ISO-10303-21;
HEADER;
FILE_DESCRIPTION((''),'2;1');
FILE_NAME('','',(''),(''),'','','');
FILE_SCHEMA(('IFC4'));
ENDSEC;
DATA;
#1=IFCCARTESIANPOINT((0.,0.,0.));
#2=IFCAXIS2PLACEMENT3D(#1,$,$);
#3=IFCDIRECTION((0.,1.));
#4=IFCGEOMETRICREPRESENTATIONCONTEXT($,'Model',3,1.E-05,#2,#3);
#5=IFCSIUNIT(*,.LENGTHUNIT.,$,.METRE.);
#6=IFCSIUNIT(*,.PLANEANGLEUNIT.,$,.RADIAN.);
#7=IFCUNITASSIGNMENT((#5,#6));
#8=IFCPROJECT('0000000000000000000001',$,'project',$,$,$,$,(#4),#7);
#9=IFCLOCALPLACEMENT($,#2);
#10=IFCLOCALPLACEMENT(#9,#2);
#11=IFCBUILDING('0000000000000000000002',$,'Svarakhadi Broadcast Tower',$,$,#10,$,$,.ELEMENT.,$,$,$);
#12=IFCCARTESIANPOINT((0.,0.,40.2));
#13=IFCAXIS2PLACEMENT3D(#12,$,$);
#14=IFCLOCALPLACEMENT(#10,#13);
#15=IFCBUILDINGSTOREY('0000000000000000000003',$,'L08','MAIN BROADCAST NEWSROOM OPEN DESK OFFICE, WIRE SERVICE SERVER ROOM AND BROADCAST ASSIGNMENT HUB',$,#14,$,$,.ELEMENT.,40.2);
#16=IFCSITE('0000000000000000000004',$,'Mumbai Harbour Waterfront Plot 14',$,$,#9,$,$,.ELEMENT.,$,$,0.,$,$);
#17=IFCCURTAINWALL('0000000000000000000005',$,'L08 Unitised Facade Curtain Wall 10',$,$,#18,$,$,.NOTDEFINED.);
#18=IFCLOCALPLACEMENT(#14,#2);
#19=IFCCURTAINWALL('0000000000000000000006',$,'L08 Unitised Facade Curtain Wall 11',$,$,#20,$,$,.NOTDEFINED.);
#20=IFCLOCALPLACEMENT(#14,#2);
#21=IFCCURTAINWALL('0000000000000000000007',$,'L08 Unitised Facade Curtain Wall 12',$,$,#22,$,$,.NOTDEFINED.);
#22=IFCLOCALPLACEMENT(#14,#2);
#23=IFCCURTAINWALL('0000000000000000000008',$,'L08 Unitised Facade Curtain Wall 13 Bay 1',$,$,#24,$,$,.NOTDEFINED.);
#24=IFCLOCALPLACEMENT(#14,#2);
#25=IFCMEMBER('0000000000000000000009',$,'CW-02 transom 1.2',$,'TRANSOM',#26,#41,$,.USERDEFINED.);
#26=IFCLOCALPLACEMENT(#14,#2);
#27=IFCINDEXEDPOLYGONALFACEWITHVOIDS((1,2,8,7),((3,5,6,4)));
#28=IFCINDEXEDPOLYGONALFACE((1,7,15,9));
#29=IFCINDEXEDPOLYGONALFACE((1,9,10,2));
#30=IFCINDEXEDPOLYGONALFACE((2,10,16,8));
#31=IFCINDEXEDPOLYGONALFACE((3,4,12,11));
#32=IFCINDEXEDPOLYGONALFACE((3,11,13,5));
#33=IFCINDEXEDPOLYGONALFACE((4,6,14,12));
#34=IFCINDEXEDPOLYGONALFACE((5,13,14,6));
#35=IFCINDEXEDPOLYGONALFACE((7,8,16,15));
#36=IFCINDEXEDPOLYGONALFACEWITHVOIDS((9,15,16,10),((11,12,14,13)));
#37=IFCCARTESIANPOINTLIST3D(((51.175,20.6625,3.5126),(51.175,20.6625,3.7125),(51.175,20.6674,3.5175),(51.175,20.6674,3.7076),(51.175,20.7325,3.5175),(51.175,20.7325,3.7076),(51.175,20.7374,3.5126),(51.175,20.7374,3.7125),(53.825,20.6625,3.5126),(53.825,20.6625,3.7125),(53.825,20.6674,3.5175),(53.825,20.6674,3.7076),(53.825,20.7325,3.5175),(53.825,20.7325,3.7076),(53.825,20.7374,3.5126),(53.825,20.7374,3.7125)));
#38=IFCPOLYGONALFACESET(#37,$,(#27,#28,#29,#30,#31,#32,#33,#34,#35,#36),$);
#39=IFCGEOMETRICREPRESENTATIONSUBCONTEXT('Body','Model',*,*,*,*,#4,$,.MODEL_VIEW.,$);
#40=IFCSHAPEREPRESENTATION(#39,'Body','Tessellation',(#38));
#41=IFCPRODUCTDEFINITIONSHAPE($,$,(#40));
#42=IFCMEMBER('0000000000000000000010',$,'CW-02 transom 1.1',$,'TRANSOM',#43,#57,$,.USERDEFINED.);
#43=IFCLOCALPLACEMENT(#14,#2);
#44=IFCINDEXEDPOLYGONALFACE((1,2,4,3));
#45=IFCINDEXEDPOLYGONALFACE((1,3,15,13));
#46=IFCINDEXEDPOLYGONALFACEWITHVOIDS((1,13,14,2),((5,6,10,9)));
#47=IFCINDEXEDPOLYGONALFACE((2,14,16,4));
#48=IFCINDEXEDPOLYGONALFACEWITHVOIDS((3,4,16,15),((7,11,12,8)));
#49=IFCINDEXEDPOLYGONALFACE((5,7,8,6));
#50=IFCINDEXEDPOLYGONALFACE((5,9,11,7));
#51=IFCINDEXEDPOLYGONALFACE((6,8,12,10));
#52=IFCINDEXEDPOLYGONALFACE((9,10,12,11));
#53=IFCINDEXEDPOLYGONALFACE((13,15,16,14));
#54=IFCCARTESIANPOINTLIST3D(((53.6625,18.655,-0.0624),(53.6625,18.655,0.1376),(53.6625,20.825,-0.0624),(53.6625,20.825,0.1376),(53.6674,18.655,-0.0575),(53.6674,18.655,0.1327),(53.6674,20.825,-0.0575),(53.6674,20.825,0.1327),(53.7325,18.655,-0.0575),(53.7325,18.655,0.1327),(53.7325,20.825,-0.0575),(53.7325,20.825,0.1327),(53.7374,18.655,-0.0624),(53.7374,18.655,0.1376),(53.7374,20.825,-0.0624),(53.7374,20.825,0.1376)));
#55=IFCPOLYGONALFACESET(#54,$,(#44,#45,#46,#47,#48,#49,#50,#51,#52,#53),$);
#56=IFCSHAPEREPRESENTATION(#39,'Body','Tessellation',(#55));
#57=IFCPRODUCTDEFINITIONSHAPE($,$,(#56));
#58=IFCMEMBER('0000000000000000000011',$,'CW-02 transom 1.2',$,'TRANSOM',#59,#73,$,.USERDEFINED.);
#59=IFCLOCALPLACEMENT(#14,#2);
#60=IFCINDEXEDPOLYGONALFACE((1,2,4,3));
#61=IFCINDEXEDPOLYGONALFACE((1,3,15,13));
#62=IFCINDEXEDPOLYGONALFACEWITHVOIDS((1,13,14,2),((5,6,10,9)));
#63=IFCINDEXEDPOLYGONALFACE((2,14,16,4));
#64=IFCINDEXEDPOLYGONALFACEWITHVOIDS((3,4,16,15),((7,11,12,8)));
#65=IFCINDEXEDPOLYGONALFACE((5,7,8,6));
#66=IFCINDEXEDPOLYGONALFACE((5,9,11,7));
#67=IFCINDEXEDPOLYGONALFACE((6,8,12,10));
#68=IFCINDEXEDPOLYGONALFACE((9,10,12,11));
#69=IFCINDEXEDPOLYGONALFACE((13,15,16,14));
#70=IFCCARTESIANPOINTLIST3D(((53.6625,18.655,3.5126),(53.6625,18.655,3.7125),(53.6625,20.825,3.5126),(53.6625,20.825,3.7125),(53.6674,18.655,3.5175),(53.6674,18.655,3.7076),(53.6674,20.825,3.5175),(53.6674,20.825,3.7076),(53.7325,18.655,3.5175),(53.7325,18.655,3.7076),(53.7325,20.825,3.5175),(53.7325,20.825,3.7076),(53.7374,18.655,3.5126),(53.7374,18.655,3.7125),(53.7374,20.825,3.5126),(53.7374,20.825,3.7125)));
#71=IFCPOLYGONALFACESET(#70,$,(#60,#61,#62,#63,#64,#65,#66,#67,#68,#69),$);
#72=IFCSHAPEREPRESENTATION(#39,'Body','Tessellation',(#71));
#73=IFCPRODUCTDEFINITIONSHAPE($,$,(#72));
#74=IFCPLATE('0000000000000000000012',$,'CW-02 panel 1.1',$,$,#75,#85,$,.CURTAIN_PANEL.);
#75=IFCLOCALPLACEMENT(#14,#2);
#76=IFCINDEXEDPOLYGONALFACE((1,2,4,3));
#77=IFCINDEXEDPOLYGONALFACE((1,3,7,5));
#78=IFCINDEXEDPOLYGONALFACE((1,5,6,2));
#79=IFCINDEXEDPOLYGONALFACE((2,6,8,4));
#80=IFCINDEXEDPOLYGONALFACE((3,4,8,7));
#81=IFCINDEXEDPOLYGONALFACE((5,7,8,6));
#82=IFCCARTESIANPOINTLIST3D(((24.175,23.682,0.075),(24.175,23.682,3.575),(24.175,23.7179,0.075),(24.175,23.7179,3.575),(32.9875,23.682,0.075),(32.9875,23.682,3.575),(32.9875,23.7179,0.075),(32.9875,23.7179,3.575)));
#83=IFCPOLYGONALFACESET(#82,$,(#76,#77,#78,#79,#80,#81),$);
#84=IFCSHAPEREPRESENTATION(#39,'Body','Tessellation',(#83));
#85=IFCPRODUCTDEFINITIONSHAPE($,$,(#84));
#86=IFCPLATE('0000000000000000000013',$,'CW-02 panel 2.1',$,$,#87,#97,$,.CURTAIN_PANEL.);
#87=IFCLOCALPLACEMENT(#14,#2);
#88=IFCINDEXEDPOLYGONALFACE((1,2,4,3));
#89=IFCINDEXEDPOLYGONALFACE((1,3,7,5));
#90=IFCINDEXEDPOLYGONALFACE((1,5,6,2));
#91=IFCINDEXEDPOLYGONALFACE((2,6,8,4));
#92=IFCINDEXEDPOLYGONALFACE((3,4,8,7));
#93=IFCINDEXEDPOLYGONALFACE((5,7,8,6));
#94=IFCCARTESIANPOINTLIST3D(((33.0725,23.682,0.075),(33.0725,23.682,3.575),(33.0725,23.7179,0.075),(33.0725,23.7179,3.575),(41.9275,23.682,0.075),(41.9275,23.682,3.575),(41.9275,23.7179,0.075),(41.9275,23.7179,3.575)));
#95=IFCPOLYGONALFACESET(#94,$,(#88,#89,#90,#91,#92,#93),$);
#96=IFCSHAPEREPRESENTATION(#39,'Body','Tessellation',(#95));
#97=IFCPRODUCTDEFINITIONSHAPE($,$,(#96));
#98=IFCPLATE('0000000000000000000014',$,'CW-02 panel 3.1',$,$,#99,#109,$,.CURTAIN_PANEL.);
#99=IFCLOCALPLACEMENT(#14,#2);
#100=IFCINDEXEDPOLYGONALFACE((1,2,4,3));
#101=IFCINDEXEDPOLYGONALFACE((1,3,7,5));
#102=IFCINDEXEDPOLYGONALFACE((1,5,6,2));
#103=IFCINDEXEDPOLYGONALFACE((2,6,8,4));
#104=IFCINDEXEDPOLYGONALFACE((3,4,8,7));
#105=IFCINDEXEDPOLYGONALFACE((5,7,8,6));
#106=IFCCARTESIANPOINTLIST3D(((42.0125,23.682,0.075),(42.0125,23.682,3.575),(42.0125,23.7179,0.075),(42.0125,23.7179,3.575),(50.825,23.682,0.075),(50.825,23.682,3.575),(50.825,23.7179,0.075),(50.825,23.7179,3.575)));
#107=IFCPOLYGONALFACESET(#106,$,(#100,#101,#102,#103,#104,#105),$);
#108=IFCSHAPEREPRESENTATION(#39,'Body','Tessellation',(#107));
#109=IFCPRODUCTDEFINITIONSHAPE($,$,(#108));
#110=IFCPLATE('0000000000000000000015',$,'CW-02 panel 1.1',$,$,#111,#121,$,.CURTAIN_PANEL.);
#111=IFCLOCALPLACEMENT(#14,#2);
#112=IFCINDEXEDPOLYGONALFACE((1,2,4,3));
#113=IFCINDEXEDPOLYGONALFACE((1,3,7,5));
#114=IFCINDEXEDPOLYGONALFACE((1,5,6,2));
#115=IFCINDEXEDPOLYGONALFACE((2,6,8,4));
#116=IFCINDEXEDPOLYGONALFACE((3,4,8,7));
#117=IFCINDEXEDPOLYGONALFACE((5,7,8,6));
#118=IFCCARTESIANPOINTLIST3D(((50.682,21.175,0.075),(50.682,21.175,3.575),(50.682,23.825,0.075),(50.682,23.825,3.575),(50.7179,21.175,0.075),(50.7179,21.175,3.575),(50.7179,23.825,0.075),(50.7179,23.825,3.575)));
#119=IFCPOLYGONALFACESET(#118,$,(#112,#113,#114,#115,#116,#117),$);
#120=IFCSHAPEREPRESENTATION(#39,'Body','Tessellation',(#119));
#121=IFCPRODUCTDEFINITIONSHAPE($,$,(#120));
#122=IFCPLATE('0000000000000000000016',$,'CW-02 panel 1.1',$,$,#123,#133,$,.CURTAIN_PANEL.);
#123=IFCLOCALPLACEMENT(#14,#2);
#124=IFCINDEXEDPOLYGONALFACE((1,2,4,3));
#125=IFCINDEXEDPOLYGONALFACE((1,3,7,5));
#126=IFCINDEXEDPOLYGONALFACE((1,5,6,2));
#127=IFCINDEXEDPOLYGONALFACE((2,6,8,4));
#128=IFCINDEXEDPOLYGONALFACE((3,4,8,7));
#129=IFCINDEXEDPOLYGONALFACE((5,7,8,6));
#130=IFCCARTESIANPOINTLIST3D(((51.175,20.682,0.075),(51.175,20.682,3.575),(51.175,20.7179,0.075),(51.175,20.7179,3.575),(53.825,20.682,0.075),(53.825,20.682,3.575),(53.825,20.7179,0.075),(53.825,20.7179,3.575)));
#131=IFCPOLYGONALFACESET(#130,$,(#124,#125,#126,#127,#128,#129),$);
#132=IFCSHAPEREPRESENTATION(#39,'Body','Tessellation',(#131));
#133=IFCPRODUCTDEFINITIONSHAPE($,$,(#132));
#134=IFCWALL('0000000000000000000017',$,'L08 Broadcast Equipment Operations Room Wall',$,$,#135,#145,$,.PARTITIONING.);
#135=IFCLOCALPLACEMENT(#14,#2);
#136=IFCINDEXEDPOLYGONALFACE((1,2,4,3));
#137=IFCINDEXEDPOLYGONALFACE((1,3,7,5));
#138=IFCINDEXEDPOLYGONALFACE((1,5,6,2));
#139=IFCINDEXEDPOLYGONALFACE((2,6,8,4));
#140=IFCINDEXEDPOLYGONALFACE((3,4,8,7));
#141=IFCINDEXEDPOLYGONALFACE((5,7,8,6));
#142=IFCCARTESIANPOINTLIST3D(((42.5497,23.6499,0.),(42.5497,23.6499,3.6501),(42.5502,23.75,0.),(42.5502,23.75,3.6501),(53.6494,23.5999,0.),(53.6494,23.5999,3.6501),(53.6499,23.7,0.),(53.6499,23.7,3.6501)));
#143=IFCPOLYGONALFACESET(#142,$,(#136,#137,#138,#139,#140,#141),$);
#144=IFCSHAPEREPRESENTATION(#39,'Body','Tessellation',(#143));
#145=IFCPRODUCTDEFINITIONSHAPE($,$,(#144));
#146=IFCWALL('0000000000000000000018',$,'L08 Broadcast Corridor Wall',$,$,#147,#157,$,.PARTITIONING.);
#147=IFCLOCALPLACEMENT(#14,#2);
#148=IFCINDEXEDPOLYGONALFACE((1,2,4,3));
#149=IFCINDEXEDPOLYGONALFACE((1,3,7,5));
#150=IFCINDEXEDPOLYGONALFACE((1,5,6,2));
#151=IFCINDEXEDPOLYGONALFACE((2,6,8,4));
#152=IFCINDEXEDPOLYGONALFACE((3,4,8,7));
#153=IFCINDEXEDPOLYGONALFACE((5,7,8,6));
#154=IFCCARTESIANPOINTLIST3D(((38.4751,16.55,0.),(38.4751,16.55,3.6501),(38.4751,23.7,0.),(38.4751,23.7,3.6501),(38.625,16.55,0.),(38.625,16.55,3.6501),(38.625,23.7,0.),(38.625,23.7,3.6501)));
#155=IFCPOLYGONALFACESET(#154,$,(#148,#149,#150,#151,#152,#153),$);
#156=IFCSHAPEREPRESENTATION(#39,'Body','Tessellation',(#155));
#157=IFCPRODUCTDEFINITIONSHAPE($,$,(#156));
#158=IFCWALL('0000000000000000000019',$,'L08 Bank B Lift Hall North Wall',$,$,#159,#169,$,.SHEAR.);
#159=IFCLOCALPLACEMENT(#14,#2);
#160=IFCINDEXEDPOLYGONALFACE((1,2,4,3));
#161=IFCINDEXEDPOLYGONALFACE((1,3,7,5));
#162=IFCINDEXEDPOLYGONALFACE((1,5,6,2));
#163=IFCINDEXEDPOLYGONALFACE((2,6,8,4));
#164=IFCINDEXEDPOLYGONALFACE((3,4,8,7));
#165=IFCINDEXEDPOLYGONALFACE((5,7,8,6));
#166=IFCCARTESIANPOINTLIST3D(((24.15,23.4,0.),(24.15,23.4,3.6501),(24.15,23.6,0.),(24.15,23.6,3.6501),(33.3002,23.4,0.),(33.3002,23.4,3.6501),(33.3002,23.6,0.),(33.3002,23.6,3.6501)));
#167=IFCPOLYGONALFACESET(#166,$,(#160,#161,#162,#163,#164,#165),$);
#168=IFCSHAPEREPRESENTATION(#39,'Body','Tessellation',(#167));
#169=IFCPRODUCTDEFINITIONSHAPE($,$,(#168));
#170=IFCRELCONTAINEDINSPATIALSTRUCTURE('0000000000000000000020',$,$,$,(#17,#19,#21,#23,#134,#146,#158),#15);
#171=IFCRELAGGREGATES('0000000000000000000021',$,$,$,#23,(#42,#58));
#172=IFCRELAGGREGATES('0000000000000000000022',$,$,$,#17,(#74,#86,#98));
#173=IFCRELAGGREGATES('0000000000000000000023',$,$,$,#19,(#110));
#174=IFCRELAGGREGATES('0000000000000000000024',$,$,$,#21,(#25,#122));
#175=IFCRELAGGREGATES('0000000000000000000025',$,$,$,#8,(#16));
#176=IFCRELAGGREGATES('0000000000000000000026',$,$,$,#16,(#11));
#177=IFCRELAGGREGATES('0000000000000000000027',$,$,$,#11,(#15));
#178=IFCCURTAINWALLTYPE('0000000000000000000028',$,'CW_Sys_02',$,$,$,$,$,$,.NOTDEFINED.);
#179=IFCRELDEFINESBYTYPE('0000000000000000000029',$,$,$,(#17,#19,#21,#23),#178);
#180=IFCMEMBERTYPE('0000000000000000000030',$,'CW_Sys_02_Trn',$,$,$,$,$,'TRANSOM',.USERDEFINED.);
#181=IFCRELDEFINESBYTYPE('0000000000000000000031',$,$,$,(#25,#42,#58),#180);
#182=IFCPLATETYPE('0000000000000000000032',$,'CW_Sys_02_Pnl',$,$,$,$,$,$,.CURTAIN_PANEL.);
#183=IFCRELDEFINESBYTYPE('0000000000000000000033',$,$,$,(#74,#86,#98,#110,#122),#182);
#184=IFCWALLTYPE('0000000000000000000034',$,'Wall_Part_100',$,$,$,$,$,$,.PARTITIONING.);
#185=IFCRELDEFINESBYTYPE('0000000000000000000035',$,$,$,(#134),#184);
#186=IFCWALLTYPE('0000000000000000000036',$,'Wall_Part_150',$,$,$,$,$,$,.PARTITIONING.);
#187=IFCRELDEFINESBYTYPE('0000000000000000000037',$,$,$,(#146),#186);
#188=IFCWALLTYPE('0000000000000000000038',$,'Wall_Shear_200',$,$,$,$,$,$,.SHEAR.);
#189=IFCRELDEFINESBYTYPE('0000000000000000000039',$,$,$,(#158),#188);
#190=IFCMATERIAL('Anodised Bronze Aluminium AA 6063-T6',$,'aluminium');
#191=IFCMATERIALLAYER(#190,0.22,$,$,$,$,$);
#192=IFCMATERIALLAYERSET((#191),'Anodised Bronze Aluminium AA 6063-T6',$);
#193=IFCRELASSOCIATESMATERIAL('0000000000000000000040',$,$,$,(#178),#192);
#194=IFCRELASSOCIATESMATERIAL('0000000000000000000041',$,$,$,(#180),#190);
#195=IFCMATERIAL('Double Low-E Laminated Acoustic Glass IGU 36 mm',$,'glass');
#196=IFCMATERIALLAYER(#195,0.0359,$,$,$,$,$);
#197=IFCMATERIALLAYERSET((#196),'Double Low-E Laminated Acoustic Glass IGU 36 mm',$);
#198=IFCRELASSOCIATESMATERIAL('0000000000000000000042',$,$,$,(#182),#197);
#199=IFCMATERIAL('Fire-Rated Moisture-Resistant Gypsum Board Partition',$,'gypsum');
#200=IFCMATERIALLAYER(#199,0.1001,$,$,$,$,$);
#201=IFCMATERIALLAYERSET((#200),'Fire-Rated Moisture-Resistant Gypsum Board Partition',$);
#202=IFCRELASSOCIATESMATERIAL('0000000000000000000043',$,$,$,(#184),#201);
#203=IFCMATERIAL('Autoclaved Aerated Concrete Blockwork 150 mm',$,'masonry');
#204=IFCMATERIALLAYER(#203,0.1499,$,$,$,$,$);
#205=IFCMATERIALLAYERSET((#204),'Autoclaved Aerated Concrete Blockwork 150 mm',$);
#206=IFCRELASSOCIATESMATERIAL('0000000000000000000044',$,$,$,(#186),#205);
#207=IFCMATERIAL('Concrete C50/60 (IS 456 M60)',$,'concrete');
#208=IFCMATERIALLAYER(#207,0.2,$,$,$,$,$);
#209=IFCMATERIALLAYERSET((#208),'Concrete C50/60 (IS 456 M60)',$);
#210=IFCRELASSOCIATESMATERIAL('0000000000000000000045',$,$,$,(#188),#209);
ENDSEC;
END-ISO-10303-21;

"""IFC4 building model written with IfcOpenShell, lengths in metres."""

from ifc_helpers import new_model, si_unit, direction, frame, frame_2d, origin, origin_2d, place, context, subcontext, project, spatial, rectangle, hollow_rectangle, extrude, material, layer, layer_set, material_profile, profile_set, type_object, element, aggregate, save


model = new_model("IFC4")

# Units and contexts
model_context = context("Model", 3, precision=1e-05, world=origin(), true_north=direction((0.0, 1.0)))
body_context = subcontext(model_context, "Body", "Model", "MODEL_VIEW")
ifc_project = project(units=[si_unit("LENGTHUNIT", "METRE"), si_unit("PLANEANGLEUNIT", "RADIAN")], contexts=[model_context])

# Site, building, storey
site_placement = place(None, origin())
site = spatial("IfcSite", under=ifc_project, at=site_placement, Name="Mumbai Harbour Waterfront Plot 14", CompositionType="ELEMENT", RefElevation=0.0)
building_placement = place(site_placement, origin())
building = spatial("IfcBuilding", under=site, at=building_placement, Name="Svarakhadi Broadcast Tower", CompositionType="ELEMENT")
storey_placement = place(building_placement, frame((0.0, 0.0, 40.2)))
storey = spatial("IfcBuildingStorey", under=building, at=storey_placement, Name="L08", Description="MAIN BROADCAST NEWSROOM OPEN DESK OFFICE, WIRE SERVICE SERVER ROOM AND BROADCAST ASSIGNMENT HUB", CompositionType="ELEMENT", Elevation=40.2)

# Shared definitions
ifc_material_1 = material(Name="Anodised Bronze Aluminium AA 6063-T6", Category="aluminium")
ifc_layer_1 = layer(ifc_material_1, 0.22)
ifc_layer_set_1 = layer_set([ifc_layer_1], Name="Anodised Bronze Aluminium AA 6063-T6")
curtain_wall_type = type_object("IfcCurtainWallType", Name="CW_Sys_02", PredefinedType="NOTDEFINED", material=ifc_layer_set_1)

# Curtain walls
curtain_wall_1_placement = place(storey_placement, origin())
curtain_wall_1 = element("IfcCurtainWall", 1, at=curtain_wall_1_placement, inside=storey, type_object=curtain_wall_type, Name="L08 Unitised Facade Curtain Wall 10", PredefinedType="NOTDEFINED")
curtain_wall_2_placement = place(storey_placement, origin())
curtain_wall_2 = element("IfcCurtainWall", 2, at=curtain_wall_2_placement, inside=storey, type_object=curtain_wall_type, Name="L08 Unitised Facade Curtain Wall 11", PredefinedType="NOTDEFINED")
curtain_wall_3_placement = place(storey_placement, origin())
curtain_wall_3 = element("IfcCurtainWall", 3, at=curtain_wall_3_placement, inside=storey, type_object=curtain_wall_type, Name="L08 Unitised Facade Curtain Wall 12", PredefinedType="NOTDEFINED")

# Curtain wall
curtain_wall_4_placement = place(storey_placement, origin())
curtain_wall_4 = element("IfcCurtainWall", 4, at=curtain_wall_4_placement, inside=storey, type_object=curtain_wall_type, Name="L08 Unitised Facade Curtain Wall 13 Bay 1", PredefinedType="NOTDEFINED")

# Members
ifc_material_profile_1 = material_profile(ifc_material_1, hollow_rectangle(XDim=0.075, YDim=0.2, WallThickness=0.0049, at=origin_2d()), Name="ALU TRANSOM 200x75x5")
ifc_profile_set_1 = profile_set([ifc_material_profile_1], Name="Anodised Bronze Aluminium AA 6063-T6")
member_type_1 = type_object("IfcMemberType", Name="CW_Sys_02_Trn", ElementType="TRANSOM", PredefinedType="USERDEFINED", material=ifc_profile_set_1)
member_1_placement = place(storey_placement, frame((51.175, 20.7, 3.6125), z_axis=(1.0, 0.0, 0.0), x_axis=(0.0, 1.0, 0.0)))
member_1 = element("IfcMember", 5, at=member_1_placement, type_object=member_type_1, Name="CW-02 transom 1.2", ObjectType="TRANSOM", PredefinedType="USERDEFINED", context=body_context, shape_type="SweptSolid", body=[
    extrude(hollow_rectangle(XDim=0.075, YDim=0.2, WallThickness=0.0049, at=origin_2d()), origin(), (0.0, 0.0, 1.0), 2.6499),
])
member_2_placement = place(storey_placement, frame((53.7, 20.825, 0.0376), z_axis=(0.0, -1.0, 0.0), x_axis=(1.0, 0.0, 0.0)))
member_2 = element("IfcMember", 6, at=member_2_placement, type_object=member_type_1, Name="CW-02 transom 1.1", ObjectType="TRANSOM", PredefinedType="USERDEFINED", context=body_context, shape_type="SweptSolid", body=[
    extrude(hollow_rectangle(XDim=0.075, YDim=0.2, WallThickness=0.0049, at=origin_2d()), origin(), (0.0, 0.0, 1.0), 2.1699),
])
member_3_placement = place(storey_placement, frame((53.7, 20.825, 3.6125), z_axis=(0.0, -1.0, 0.0), x_axis=(1.0, 0.0, 0.0)))
member_3 = element("IfcMember", 7, at=member_3_placement, type_object=member_type_1, Name="CW-02 transom 1.2", ObjectType="TRANSOM", PredefinedType="USERDEFINED", context=body_context, shape_type="SweptSolid", body=[
    extrude(hollow_rectangle(XDim=0.075, YDim=0.2, WallThickness=0.0049, at=origin_2d()), origin(), (0.0, 0.0, 1.0), 2.1699),
])
aggregate(curtain_wall_4, [member_2, member_3])

# Plates
ifc_material_2 = material(Name="Double Low-E Laminated Acoustic Glass IGU 36 mm", Category="glass")
ifc_layer_2 = layer(ifc_material_2, 0.0359)
ifc_layer_set_2 = layer_set([ifc_layer_2], Name="Double Low-E Laminated Acoustic Glass IGU 36 mm")
plate_type = type_object("IfcPlateType", Name="CW_Sys_02_Pnl", PredefinedType="CURTAIN_PANEL", material=ifc_layer_set_2)
plate_1_placement = place(storey_placement, frame((28.5813, 23.7, 0.075), z_axis=(0.0, 0.0, 1.0), x_axis=(1.0, 0.0, 0.0)))
plate_1 = element("IfcPlate", 8, at=plate_1_placement, type_object=plate_type, Name="CW-02 panel 1.1", PredefinedType="CURTAIN_PANEL", context=body_context, shape_type="SweptSolid", body=[
    extrude(rectangle(XDim=8.8125, YDim=0.0359, at=origin_2d()), origin(), (0.0, 0.0, 1.0), 3.5),
])
plate_2_placement = place(storey_placement, frame((37.5, 23.7, 0.075), z_axis=(0.0, 0.0, 1.0), x_axis=(1.0, 0.0, 0.0)))
plate_2 = element("IfcPlate", 9, at=plate_2_placement, type_object=plate_type, Name="CW-02 panel 2.1", PredefinedType="CURTAIN_PANEL", context=body_context, shape_type="SweptSolid", body=[
    extrude(rectangle(XDim=8.855, YDim=0.0359, at=origin_2d()), origin(), (0.0, 0.0, 1.0), 3.5),
])
plate_3_placement = place(storey_placement, frame((46.4187, 23.7, 0.075), z_axis=(0.0, 0.0, 1.0), x_axis=(1.0, 0.0, 0.0)))
plate_3 = element("IfcPlate", 10, at=plate_3_placement, type_object=plate_type, Name="CW-02 panel 3.1", PredefinedType="CURTAIN_PANEL", context=body_context, shape_type="SweptSolid", body=[
    extrude(rectangle(XDim=8.8125, YDim=0.0359, at=origin_2d()), origin(), (0.0, 0.0, 1.0), 3.5),
])
aggregate(curtain_wall_1, [plate_1, plate_2, plate_3])
plate_4_placement = place(storey_placement, frame((50.7, 22.5, 0.075), z_axis=(0.0, 0.0, 1.0), x_axis=(0.0, -1.0, 0.0)))
plate_4 = element("IfcPlate", 11, at=plate_4_placement, type_object=plate_type, Name="CW-02 panel 1.1", PredefinedType="CURTAIN_PANEL", context=body_context, shape_type="SweptSolid", body=[
    extrude(rectangle(XDim=2.6499, YDim=0.0359, at=origin_2d()), origin(), (0.0, 0.0, 1.0), 3.5),
])
aggregate(curtain_wall_2, [plate_4])
plate_5_placement = place(storey_placement, frame((52.5, 20.7, 0.075), z_axis=(0.0, 0.0, 1.0), x_axis=(1.0, 0.0, 0.0)))
plate_5 = element("IfcPlate", 12, at=plate_5_placement, type_object=plate_type, Name="CW-02 panel 1.1", PredefinedType="CURTAIN_PANEL", context=body_context, shape_type="SweptSolid", body=[
    extrude(rectangle(XDim=2.6499, YDim=0.0359, at=origin_2d()), origin(), (0.0, 0.0, 1.0), 3.5),
])
aggregate(curtain_wall_3, [member_1, plate_5])

# Walls
ifc_material_3 = material(Name="Fire-Rated Moisture-Resistant Gypsum Board Partition", Category="gypsum")
ifc_layer_3 = layer(ifc_material_3, 0.1001)
ifc_layer_set_3 = layer_set([ifc_layer_3], Name="Fire-Rated Moisture-Resistant Gypsum Board Partition")
wall_type_1 = type_object("IfcWallType", Name="Wall_Part_100", PredefinedType="PARTITIONING", material=ifc_layer_set_3)
wall_1_placement = place(storey_placement, frame((42.55, 23.7, 0.0), z_axis=(0.0, 0.0, 1.0), x_axis=(0.99999, -0.004509, 0.0)))
element("IfcWall", 13, at=wall_1_placement, inside=storey, type_object=wall_type_1, Name="L08 Broadcast Equipment Operations Room Wall", PredefinedType="PARTITIONING", context=body_context, shape_type="SweptSolid", body=[
    extrude(rectangle(XDim=11.0999, YDim=0.1001, at=frame_2d((5.5498, 0.0))), origin(), (0.0, 0.0, 1.0), 3.6501),
])
ifc_material_4 = material(Name="Autoclaved Aerated Concrete Blockwork 150 mm", Category="masonry")
ifc_layer_4 = layer(ifc_material_4, 0.1499)
ifc_layer_set_4 = layer_set([ifc_layer_4], Name="Autoclaved Aerated Concrete Blockwork 150 mm")
wall_type_2 = type_object("IfcWallType", Name="Wall_Part_150", PredefinedType="PARTITIONING", material=ifc_layer_set_4)
wall_2_placement = place(storey_placement, frame((38.55, 23.7, 0.0), z_axis=(0.0, 0.0, 1.0), x_axis=(0.0, -1.0, 0.0)))
element("IfcWall", 14, at=wall_2_placement, inside=storey, type_object=wall_type_2, Name="L08 Broadcast Corridor Wall", PredefinedType="PARTITIONING", context=body_context, shape_type="SweptSolid", body=[
    extrude(rectangle(XDim=7.1499, YDim=0.1499, at=frame_2d((3.575, 0.0))), origin(), (0.0, 0.0, 1.0), 3.6501),
])
ifc_material_5 = material(Name="Concrete C50/60 (IS 456 M60)", Category="concrete")
ifc_layer_5 = layer(ifc_material_5, 0.2)
ifc_layer_set_5 = layer_set([ifc_layer_5], Name="Concrete C50/60 (IS 456 M60)")
wall_type_3 = type_object("IfcWallType", Name="Wall_Shear_200", PredefinedType="SHEAR", material=ifc_layer_set_5)
wall_3_placement = place(storey_placement, frame((24.1499, 23.5, 0.0), z_axis=(0.0, 0.0, 1.0), x_axis=(1.0, 0.0, 0.0)))
element("IfcWall", 15, at=wall_3_placement, inside=storey, type_object=wall_type_3, Name="L08 Bank B Lift Hall North Wall", PredefinedType="SHEAR", context=body_context, shape_type="SweptSolid", body=[
    extrude(rectangle(XDim=9.1501, YDim=0.2, at=frame_2d((4.5752, 0.0))), origin(), (0.0, 0.0, 1.0), 3.6501),
])

save(model, "model.ifc")
